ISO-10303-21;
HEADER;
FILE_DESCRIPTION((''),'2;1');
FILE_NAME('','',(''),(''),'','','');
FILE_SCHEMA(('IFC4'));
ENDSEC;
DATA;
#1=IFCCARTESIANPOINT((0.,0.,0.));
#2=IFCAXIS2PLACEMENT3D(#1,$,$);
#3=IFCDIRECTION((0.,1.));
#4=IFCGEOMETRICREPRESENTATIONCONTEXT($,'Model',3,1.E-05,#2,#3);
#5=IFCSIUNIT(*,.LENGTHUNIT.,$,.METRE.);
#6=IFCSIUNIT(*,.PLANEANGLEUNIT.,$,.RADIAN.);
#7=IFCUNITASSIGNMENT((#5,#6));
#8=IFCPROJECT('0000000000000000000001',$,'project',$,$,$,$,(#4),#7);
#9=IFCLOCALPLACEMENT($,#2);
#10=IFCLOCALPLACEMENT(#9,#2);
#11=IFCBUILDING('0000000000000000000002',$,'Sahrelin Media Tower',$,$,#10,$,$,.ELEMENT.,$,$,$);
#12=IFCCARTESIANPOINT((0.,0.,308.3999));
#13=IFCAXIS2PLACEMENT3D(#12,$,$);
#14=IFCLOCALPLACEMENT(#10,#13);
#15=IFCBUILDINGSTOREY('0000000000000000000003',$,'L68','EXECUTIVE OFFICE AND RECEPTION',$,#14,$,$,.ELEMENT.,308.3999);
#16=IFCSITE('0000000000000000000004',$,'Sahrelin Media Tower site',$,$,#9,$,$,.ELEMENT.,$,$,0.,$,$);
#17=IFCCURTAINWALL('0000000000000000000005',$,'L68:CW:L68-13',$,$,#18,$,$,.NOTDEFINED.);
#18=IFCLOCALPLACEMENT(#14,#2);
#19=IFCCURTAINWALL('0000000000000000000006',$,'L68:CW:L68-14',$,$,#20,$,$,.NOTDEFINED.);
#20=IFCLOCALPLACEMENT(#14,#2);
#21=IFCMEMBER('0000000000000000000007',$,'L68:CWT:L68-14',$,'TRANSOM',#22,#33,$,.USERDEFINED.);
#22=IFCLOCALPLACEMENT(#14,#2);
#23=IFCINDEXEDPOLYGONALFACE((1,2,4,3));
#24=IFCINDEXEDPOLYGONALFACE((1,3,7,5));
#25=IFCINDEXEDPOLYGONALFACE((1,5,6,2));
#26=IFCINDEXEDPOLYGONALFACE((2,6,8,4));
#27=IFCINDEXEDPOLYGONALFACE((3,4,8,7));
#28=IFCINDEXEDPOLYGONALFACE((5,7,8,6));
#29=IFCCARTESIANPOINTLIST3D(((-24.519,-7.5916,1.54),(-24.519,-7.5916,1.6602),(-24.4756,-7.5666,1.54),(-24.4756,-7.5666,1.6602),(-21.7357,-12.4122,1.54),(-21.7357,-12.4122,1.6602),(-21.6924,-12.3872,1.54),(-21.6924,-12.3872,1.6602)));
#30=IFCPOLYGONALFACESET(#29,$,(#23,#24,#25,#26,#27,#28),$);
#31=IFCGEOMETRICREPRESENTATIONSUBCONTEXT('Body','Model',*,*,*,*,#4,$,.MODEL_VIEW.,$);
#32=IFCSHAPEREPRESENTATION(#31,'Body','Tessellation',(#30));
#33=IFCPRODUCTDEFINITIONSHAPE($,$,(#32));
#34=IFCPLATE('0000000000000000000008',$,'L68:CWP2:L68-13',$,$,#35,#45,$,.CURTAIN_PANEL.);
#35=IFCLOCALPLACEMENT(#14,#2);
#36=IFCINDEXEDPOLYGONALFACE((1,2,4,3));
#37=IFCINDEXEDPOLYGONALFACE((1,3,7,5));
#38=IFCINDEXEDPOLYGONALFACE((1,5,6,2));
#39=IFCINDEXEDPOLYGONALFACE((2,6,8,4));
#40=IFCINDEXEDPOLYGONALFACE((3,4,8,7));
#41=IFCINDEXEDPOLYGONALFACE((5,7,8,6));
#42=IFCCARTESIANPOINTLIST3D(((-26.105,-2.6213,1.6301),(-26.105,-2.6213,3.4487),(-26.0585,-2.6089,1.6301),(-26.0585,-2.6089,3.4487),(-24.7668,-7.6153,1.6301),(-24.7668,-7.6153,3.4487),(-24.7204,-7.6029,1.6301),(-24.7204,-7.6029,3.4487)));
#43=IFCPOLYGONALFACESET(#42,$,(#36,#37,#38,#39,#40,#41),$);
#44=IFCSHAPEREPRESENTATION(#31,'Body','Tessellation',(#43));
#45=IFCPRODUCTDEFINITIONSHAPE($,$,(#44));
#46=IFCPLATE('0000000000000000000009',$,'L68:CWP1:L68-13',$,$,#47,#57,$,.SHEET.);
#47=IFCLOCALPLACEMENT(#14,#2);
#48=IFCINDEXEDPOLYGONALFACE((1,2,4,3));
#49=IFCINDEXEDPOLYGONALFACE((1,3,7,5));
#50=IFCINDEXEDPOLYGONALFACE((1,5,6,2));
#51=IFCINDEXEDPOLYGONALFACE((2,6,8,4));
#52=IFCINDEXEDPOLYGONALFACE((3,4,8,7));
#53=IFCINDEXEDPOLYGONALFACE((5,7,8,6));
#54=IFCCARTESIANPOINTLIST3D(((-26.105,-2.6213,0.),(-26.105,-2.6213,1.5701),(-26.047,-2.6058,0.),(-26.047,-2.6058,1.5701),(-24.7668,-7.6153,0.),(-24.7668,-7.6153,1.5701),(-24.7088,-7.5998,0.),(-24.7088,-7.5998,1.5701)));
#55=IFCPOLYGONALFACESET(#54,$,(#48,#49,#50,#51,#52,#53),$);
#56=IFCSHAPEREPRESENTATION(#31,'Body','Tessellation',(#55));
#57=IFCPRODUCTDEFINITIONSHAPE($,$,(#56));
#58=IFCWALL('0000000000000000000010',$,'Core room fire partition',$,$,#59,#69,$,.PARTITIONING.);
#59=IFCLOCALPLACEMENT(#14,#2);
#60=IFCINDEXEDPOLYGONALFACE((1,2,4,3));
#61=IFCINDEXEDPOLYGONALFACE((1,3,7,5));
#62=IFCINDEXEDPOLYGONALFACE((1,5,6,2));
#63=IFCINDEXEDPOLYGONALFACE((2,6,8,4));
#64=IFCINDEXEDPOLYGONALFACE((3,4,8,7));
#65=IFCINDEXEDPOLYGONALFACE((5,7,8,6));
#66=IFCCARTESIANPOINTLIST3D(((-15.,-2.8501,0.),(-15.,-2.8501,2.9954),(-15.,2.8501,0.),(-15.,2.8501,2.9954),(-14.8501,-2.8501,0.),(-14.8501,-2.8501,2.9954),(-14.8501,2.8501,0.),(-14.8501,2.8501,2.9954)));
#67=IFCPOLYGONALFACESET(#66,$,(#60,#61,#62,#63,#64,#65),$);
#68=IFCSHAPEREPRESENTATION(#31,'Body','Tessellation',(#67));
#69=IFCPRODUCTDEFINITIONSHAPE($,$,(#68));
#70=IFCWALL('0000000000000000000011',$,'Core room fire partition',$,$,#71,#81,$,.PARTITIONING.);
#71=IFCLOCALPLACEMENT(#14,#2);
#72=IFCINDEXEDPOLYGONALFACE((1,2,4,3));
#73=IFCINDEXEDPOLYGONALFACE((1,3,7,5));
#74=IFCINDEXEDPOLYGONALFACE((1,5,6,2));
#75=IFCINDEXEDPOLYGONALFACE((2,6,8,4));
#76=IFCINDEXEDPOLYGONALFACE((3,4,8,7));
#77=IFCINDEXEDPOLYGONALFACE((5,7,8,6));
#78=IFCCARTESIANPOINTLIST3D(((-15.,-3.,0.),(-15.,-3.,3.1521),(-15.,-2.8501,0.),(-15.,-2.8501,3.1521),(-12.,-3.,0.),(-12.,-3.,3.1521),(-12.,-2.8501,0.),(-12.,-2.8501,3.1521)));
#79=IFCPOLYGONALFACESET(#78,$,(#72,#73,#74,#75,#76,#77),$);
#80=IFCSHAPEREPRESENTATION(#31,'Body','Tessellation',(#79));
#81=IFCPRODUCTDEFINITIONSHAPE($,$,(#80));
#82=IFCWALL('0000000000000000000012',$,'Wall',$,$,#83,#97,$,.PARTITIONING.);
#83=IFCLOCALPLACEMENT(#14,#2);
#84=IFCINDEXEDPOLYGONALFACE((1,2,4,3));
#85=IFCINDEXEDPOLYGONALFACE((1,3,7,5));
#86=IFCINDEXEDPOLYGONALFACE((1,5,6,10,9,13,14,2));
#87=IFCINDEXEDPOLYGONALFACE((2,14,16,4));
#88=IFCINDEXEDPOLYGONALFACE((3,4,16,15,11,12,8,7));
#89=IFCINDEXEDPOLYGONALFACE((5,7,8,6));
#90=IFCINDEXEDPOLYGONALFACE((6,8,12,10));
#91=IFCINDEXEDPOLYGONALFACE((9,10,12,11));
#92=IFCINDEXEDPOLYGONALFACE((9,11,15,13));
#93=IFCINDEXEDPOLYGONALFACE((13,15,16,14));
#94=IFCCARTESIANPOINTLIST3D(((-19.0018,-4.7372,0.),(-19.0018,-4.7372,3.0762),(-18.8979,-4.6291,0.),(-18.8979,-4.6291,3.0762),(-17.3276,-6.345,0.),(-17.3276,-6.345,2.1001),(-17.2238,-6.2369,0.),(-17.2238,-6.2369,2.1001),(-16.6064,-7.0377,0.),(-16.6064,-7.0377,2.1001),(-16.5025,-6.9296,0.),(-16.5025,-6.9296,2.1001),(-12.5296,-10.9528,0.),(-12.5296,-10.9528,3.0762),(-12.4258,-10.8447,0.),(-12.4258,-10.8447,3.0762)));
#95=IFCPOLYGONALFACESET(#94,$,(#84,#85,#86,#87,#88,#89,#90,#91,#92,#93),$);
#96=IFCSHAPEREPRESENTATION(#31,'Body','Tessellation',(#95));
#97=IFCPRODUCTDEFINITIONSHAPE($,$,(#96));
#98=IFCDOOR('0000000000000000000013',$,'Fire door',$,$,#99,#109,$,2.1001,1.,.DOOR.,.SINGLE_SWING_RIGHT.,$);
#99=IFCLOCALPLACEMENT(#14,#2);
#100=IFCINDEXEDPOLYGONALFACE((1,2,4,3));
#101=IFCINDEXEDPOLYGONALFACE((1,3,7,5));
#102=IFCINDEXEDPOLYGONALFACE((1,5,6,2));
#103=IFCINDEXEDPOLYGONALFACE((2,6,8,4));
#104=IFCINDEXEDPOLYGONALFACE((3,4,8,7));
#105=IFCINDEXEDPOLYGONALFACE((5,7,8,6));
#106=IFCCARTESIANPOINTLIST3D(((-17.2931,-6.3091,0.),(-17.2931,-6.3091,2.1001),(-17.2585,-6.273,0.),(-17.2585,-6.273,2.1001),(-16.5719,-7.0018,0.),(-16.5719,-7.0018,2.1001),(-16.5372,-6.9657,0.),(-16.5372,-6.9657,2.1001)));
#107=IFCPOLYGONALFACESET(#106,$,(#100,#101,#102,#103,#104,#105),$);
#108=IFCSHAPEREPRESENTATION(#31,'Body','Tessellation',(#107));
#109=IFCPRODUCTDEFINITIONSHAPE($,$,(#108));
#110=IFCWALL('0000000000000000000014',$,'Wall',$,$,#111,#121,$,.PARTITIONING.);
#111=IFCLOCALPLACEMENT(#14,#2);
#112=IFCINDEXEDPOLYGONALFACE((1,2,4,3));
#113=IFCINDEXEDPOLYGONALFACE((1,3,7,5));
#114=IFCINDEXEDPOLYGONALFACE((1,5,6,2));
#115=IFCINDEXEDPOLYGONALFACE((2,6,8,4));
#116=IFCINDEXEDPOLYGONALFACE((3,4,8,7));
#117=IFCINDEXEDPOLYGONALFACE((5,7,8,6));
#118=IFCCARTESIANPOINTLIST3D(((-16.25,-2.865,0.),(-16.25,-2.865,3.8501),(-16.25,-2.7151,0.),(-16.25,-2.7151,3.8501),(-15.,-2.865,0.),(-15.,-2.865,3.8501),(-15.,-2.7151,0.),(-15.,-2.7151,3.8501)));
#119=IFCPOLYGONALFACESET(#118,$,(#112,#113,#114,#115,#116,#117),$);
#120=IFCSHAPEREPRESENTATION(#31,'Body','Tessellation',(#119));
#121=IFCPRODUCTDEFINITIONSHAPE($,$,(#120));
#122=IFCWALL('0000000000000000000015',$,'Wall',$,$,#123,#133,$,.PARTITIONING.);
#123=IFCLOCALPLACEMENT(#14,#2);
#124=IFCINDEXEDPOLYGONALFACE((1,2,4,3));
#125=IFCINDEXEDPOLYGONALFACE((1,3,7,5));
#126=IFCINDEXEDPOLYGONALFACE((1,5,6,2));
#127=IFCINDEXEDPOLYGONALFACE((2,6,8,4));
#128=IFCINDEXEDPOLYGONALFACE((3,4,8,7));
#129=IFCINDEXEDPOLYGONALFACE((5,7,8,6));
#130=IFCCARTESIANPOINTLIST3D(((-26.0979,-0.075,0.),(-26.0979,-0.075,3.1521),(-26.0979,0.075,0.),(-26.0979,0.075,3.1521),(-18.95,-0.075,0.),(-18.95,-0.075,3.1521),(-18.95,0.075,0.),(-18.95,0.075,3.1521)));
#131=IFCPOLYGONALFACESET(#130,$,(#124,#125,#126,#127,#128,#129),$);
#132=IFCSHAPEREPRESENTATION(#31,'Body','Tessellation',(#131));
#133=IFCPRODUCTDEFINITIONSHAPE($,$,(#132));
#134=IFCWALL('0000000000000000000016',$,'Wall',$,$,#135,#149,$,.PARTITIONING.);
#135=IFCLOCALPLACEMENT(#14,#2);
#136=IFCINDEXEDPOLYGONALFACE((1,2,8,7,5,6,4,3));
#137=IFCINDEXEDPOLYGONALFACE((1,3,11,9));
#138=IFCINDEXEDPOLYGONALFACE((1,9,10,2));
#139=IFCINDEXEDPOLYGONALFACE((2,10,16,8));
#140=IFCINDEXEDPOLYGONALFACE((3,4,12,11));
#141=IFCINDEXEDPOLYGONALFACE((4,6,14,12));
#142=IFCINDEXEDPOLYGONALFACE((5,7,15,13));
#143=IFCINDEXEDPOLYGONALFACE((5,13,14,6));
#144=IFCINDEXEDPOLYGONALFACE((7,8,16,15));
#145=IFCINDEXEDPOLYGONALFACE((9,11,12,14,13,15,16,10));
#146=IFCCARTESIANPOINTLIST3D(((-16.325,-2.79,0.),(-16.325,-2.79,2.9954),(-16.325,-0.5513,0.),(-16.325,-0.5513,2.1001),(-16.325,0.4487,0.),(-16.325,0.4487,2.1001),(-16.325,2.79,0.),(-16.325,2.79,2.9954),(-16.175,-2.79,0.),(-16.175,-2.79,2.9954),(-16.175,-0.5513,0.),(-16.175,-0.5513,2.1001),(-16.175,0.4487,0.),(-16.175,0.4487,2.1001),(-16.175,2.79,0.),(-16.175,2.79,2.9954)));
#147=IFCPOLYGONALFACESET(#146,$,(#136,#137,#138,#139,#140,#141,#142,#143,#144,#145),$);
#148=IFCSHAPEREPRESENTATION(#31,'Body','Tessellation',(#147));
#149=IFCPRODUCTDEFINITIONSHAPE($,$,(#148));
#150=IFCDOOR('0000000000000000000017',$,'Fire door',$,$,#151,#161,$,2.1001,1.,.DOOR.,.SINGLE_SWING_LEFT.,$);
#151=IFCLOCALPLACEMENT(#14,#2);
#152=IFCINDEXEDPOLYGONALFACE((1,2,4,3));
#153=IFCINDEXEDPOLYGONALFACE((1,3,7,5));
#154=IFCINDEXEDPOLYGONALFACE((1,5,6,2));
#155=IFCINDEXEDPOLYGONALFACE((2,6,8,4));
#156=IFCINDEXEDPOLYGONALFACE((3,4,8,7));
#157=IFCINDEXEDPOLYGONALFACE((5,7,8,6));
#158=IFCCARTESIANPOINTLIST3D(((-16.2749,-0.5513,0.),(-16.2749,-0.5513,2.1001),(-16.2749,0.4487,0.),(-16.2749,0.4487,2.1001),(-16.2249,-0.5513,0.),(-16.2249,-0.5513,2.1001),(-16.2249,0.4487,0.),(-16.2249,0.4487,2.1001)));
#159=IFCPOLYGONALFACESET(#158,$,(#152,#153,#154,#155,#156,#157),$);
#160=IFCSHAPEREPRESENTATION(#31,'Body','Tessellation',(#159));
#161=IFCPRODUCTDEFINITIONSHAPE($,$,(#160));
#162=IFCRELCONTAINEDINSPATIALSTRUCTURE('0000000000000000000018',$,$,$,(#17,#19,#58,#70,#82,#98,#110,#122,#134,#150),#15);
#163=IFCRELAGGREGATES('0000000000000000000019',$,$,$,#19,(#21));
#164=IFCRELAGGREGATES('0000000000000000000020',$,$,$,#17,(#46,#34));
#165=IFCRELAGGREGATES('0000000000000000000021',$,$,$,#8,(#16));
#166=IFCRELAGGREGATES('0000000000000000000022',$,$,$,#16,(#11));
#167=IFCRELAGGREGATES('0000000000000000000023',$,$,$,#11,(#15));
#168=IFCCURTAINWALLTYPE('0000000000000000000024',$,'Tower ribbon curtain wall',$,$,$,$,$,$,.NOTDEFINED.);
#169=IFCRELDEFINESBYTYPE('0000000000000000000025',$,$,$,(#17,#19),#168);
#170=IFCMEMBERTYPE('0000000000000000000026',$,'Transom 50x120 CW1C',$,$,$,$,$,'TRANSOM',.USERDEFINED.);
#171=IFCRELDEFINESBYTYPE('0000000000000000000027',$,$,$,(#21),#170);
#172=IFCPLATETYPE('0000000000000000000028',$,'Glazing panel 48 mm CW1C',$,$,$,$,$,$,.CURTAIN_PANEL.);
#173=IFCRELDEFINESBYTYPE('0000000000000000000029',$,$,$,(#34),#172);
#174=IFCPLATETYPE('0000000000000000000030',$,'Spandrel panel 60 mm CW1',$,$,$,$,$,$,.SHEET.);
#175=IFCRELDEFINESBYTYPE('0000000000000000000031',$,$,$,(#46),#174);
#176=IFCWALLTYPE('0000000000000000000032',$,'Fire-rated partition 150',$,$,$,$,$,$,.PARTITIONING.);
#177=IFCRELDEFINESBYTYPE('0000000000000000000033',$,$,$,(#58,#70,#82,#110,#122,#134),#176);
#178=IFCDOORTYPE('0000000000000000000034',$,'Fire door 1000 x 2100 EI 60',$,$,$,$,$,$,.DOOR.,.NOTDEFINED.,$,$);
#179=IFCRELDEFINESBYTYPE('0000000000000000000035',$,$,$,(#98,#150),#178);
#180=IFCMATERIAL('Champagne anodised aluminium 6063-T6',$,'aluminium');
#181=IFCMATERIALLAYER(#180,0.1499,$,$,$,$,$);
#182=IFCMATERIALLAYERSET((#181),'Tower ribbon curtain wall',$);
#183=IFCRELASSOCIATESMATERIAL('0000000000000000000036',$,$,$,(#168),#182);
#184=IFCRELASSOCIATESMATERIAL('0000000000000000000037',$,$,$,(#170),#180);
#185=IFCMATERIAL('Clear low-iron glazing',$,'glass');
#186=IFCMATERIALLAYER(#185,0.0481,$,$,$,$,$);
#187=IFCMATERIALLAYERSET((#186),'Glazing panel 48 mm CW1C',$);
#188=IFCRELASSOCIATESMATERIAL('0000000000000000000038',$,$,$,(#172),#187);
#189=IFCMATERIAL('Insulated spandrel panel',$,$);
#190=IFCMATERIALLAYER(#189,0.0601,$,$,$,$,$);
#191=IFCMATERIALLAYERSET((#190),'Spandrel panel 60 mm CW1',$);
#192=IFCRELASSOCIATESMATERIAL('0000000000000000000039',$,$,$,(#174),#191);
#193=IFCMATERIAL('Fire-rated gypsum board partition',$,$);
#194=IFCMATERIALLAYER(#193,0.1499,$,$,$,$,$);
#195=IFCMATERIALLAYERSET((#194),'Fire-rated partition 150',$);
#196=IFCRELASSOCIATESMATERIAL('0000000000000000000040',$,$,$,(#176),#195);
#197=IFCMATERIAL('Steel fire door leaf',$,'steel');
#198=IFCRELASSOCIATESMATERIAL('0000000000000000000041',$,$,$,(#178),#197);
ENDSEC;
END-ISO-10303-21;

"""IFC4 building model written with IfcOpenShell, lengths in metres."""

from ifc_helpers import new_model, si_unit, direction, frame, frame_2d, origin, origin_2d, place, context, subcontext, project, spatial, polyline, rectangle, outline, extrude, material, layer, layer_set, material_profile, profile_set, type_object, element, fill, aggregate, save


model = new_model("IFC4")

# Units and contexts
model_context = context("Model", 3, precision=1e-05, world=origin(), true_north=direction((0.0, 1.0)))
body_context = subcontext(model_context, "Body", "Model", "MODEL_VIEW")
ifc_project = project(units=[si_unit("LENGTHUNIT", "METRE"), si_unit("PLANEANGLEUNIT", "RADIAN")], contexts=[model_context])

# Site, building, storey
site_placement = place(None, origin())
site = spatial("IfcSite", under=ifc_project, at=site_placement, Name="Sahrelin Media Tower site", CompositionType="ELEMENT", RefElevation=0.0)
building_placement = place(site_placement, origin())
building = spatial("IfcBuilding", under=site, at=building_placement, Name="Sahrelin Media Tower", CompositionType="ELEMENT")
storey_placement = place(building_placement, frame((0.0, 0.0, 308.3999)))
storey = spatial("IfcBuildingStorey", under=building, at=storey_placement, Name="L68", Description="EXECUTIVE OFFICE AND RECEPTION", CompositionType="ELEMENT", Elevation=308.3999)

# Curtain wall
ifc_material_1 = material(Name="Champagne anodised aluminium 6063-T6", Category="aluminium")
ifc_layer_1 = layer(ifc_material_1, 0.1499)
ifc_layer_set_1 = layer_set([ifc_layer_1], Name="Tower ribbon curtain wall")
curtain_wall_type = type_object("IfcCurtainWallType", Name="Tower ribbon curtain wall", PredefinedType="NOTDEFINED", material=ifc_layer_set_1)
curtain_wall_1_placement = place(storey_placement, frame((-25.4165, -5.113, 0.0), z_axis=(0.0, 0.0, 1.0), x_axis=(1.0, 0.0, 0.0)))
curtain_wall_1 = element("IfcCurtainWall", 1, at=curtain_wall_1_placement, inside=storey, type_object=curtain_wall_type, Name="L68:CW:L68-13", PredefinedType="NOTDEFINED")

# Shared definitions
ifc_material_profile_1 = material_profile(ifc_material_1, rectangle(XDim=0.05, YDim=0.1201, at=origin_2d()), Name="Transom 50x120")
ifc_profile_set_1 = profile_set([ifc_material_profile_1], Name="Champagne anodised aluminium 6063-T6")
member_type_1 = type_object("IfcMemberType", Name="Transom 50x120 CW1C", ElementType="TRANSOM", PredefinedType="USERDEFINED", material=ifc_profile_set_1)

# Curtain wall, member
curtain_wall_2_placement = place(storey_placement, frame((-23.3179, -10.1118, 0.0), z_axis=(0.0, 0.0, 1.0), x_axis=(1.0, 0.0, 0.0)))
curtain_wall_2 = element("IfcCurtainWall", 2, at=curtain_wall_2_placement, inside=storey, type_object=curtain_wall_type, Name="L68:CW:L68-14", PredefinedType="NOTDEFINED")
member_1_placement = place(storey_placement, frame((-24.4973, -7.5791, 1.6001), z_axis=(0.500007, -0.866021, 0.0), x_axis=(0.866021, 0.500007, 0.0)))
member_1 = element("IfcMember", 3, at=member_1_placement, type_object=member_type_1, Name="L68:CWT:L68-14", ObjectType="TRANSOM", PredefinedType="USERDEFINED", context=body_context, shape_type="SweptSolid", body=[
    extrude(rectangle(XDim=0.05, YDim=0.1201, at=origin_2d()), origin(), (0.0, 0.0, 1.0), 5.5664),
])
aggregate(curtain_wall_2, [member_1])

# Plates
ifc_material_2 = material(Name="Clear low-iron glazing", Category="glass")
ifc_layer_2 = layer(ifc_material_2, 0.0481)
ifc_layer_set_2 = layer_set([ifc_layer_2], Name="Glazing panel 48 mm CW1C")
plate_type_1 = type_object("IfcPlateType", Name="Glazing panel 48 mm CW1C", PredefinedType="CURTAIN_PANEL", material=ifc_layer_set_2)
plate_1_placement = place(storey_placement, frame((-26.105, -2.6213, 1.6301), z_axis=(-0.965925, -0.258823, 0.0), x_axis=(0.258823, -0.965925, 0.0)))
plate_1 = element("IfcPlate", 4, at=plate_1_placement, type_object=plate_type_1, Name="L68:CWP2:L68-13", PredefinedType="CURTAIN_PANEL", context=body_context, shape_type="SweptSolid", body=[
    extrude(outline(polyline([(0.0, 0.0), (5.1702, 0.0), (5.1702, 1.8186), (0.0, 1.8186), (0.0, 0.0)])), origin(), (0.0, 0.0, -1.0), 0.0481),
])
ifc_material_3 = material(Name="Insulated spandrel panel")
ifc_layer_3 = layer(ifc_material_3, 0.0601)
ifc_layer_set_3 = layer_set([ifc_layer_3], Name="Spandrel panel 60 mm CW1")
plate_type_2 = type_object("IfcPlateType", Name="Spandrel panel 60 mm CW1", PredefinedType="SHEET", material=ifc_layer_set_3)
plate_2_placement = place(storey_placement, frame((-26.105, -2.6213, 0.0), z_axis=(-0.965925, -0.258823, 0.0), x_axis=(0.258823, -0.965925, 0.0)))
plate_2 = element("IfcPlate", 5, at=plate_2_placement, type_object=plate_type_2, Name="L68:CWP1:L68-13", PredefinedType="SHEET", context=body_context, shape_type="SweptSolid", body=[
    extrude(outline(polyline([(0.0, 0.0), (5.1702, 0.0), (5.1702, 1.5701), (0.0, 1.5701), (0.0, 0.0)])), origin(), (0.0, 0.0, -1.0), 0.0601),
])
aggregate(curtain_wall_1, [plate_2, plate_1])

# Walls
ifc_material_4 = material(Name="Fire-rated gypsum board partition")
ifc_layer_4 = layer(ifc_material_4, 0.1499)
ifc_layer_set_4 = layer_set([ifc_layer_4], Name="Fire-rated partition 150")
wall_type_1 = type_object("IfcWallType", Name="Fire-rated partition 150", PredefinedType="PARTITIONING", material=ifc_layer_set_4)
wall_1_placement = place(storey_placement, frame((-14.925, -2.8501, 0.0), z_axis=(0.0, 0.0, 1.0), x_axis=(0.0, 1.0, 0.0)))
element("IfcWall", 6, at=wall_1_placement, inside=storey, type_object=wall_type_1, Name="Core room fire partition", PredefinedType="PARTITIONING", context=body_context, shape_type="SweptSolid", body=[
    extrude(rectangle(XDim=5.7002, YDim=0.1499, at=frame_2d((2.8501, 0.0))), origin(), (0.0, 0.0, 1.0), 2.9954),
])
wall_2_placement = place(storey_placement, frame((-15.0, -2.925, 0.0), z_axis=(0.0, 0.0, 1.0), x_axis=(1.0, 0.0, 0.0)))
element("IfcWall", 7, at=wall_2_placement, inside=storey, type_object=wall_type_1, Name="Core room fire partition", PredefinedType="PARTITIONING", context=body_context, shape_type="SweptSolid", body=[
    extrude(rectangle(XDim=3.0, YDim=0.1499, at=frame_2d((1.5, 0.0))), origin(), (0.0, 0.0, 1.0), 3.1521),
])

# Wall, opening, door
wall_3_placement = place(storey_placement, frame((-18.95, -4.6831, 0.0), z_axis=(0.0, 0.0, 1.0), x_axis=(0.72126, -0.692665, 0.0)))
wall_3 = element("IfcWall", 8, at=wall_3_placement, inside=storey, type_object=wall_type_1, Name="Wall", PredefinedType="PARTITIONING", context=body_context, shape_type="SweptSolid", body=[
    extrude(rectangle(XDim=8.9734, YDim=0.1499, at=frame_2d((4.4868, 0.0))), origin(), (0.0, 0.0, 1.0), 3.0762),
])
opening_1_placement = place(wall_3_placement, frame((2.3213, 0.0, 0.0)))
opening_1 = element("IfcOpeningElement", 9, at=opening_1_placement, cuts=wall_3, PredefinedType="OPENING", context=body_context, shape_type="SweptSolid", body=[
    extrude(rectangle(XDim=1.0, YDim=2.1001, at=frame_2d((0.5, 1.05))), frame((0.0, 0.075, 0.0), z_axis=(0.0, -1.0, 0.0), x_axis=(1.0, 0.0, 0.0)), (0.0, 0.0, 1.0), 0.1499),
])
ifc_material_5 = material(Name="Steel fire door leaf", Category="steel")
door_type = type_object("IfcDoorType", Name="Fire door 1000 x 2100 EI 60", OperationType="NOTDEFINED", PredefinedType="DOOR", material=ifc_material_5)
door_1_placement = place(opening_1_placement, origin())
door_1 = element("IfcDoor", 10, at=door_1_placement, inside=storey, type_object=door_type, Name="Fire door", OperationType="SINGLE_SWING_RIGHT", OverallHeight=2.1001, OverallWidth=1.0, PredefinedType="DOOR", context=body_context, shape_type="SweptSolid", body=[
    extrude(rectangle(XDim=1.0, YDim=2.1001, at=frame_2d((0.5, 1.05))), frame((0.0, 0.0249, 0.0), z_axis=(0.0, -1.0, 0.0), x_axis=(1.0, 0.0, 0.0)), (0.0, 0.0, 1.0), 0.05),
])
fill(opening_1, door_1)

# Walls
wall_4_placement = place(storey_placement, frame((-16.25, -2.79, 0.0), z_axis=(0.0, 0.0, 1.0), x_axis=(1.0, 0.0, 0.0)))
element("IfcWall", 11, at=wall_4_placement, inside=storey, type_object=wall_type_1, Name="Wall", PredefinedType="PARTITIONING", context=body_context, shape_type="SweptSolid", body=[
    extrude(rectangle(XDim=1.25, YDim=0.1499, at=frame_2d((0.625, 0.0))), origin(), (0.0, 0.0, 1.0), 3.8501),
])
wall_5_placement = place(storey_placement, frame((-26.0979, 0.0, 0.0), z_axis=(0.0, 0.0, 1.0), x_axis=(1.0, 0.0, 0.0)))
element("IfcWall", 12, at=wall_5_placement, inside=storey, type_object=wall_type_1, Name="Wall", PredefinedType="PARTITIONING", context=body_context, shape_type="SweptSolid", body=[
    extrude(rectangle(XDim=7.1479, YDim=0.1499, at=frame_2d((3.574, 0.0))), origin(), (0.0, 0.0, 1.0), 3.1521),
])

# Wall, opening, door
wall_6_placement = place(storey_placement, frame((-16.25, -2.79, 0.0), z_axis=(0.0, 0.0, 1.0), x_axis=(0.0, 1.0, 0.0)))
wall_6 = element("IfcWall", 13, at=wall_6_placement, inside=storey, type_object=wall_type_1, Name="Wall", PredefinedType="PARTITIONING", context=body_context, shape_type="SweptSolid", body=[
    extrude(rectangle(XDim=5.5801, YDim=0.1499, at=frame_2d((2.79, 0.0))), origin(), (0.0, 0.0, 1.0), 2.9954),
])
opening_2_placement = place(wall_6_placement, frame((2.2388, 0.0, 0.0)))
opening_2 = element("IfcOpeningElement", 14, at=opening_2_placement, cuts=wall_6, PredefinedType="OPENING", context=body_context, shape_type="SweptSolid", body=[
    extrude(rectangle(XDim=1.0, YDim=2.1001, at=frame_2d((0.5, 1.05))), frame((0.0, 0.075, 0.0), z_axis=(0.0, -1.0, 0.0), x_axis=(1.0, 0.0, 0.0)), (0.0, 0.0, 1.0), 0.1499),
])
door_2_placement = place(opening_2_placement, origin())
door_2 = element("IfcDoor", 15, at=door_2_placement, inside=storey, type_object=door_type, Name="Fire door", OperationType="SINGLE_SWING_LEFT", OverallHeight=2.1001, OverallWidth=1.0, PredefinedType="DOOR", context=body_context, shape_type="SweptSolid", body=[
    extrude(rectangle(XDim=1.0, YDim=2.1001, at=frame_2d((0.5, 1.05))), frame((0.0, 0.0249, 0.0), z_axis=(0.0, -1.0, 0.0), x_axis=(1.0, 0.0, 0.0)), (0.0, 0.0, 1.0), 0.05),
])
fill(opening_2, door_2)

save(model, "model.ifc")
